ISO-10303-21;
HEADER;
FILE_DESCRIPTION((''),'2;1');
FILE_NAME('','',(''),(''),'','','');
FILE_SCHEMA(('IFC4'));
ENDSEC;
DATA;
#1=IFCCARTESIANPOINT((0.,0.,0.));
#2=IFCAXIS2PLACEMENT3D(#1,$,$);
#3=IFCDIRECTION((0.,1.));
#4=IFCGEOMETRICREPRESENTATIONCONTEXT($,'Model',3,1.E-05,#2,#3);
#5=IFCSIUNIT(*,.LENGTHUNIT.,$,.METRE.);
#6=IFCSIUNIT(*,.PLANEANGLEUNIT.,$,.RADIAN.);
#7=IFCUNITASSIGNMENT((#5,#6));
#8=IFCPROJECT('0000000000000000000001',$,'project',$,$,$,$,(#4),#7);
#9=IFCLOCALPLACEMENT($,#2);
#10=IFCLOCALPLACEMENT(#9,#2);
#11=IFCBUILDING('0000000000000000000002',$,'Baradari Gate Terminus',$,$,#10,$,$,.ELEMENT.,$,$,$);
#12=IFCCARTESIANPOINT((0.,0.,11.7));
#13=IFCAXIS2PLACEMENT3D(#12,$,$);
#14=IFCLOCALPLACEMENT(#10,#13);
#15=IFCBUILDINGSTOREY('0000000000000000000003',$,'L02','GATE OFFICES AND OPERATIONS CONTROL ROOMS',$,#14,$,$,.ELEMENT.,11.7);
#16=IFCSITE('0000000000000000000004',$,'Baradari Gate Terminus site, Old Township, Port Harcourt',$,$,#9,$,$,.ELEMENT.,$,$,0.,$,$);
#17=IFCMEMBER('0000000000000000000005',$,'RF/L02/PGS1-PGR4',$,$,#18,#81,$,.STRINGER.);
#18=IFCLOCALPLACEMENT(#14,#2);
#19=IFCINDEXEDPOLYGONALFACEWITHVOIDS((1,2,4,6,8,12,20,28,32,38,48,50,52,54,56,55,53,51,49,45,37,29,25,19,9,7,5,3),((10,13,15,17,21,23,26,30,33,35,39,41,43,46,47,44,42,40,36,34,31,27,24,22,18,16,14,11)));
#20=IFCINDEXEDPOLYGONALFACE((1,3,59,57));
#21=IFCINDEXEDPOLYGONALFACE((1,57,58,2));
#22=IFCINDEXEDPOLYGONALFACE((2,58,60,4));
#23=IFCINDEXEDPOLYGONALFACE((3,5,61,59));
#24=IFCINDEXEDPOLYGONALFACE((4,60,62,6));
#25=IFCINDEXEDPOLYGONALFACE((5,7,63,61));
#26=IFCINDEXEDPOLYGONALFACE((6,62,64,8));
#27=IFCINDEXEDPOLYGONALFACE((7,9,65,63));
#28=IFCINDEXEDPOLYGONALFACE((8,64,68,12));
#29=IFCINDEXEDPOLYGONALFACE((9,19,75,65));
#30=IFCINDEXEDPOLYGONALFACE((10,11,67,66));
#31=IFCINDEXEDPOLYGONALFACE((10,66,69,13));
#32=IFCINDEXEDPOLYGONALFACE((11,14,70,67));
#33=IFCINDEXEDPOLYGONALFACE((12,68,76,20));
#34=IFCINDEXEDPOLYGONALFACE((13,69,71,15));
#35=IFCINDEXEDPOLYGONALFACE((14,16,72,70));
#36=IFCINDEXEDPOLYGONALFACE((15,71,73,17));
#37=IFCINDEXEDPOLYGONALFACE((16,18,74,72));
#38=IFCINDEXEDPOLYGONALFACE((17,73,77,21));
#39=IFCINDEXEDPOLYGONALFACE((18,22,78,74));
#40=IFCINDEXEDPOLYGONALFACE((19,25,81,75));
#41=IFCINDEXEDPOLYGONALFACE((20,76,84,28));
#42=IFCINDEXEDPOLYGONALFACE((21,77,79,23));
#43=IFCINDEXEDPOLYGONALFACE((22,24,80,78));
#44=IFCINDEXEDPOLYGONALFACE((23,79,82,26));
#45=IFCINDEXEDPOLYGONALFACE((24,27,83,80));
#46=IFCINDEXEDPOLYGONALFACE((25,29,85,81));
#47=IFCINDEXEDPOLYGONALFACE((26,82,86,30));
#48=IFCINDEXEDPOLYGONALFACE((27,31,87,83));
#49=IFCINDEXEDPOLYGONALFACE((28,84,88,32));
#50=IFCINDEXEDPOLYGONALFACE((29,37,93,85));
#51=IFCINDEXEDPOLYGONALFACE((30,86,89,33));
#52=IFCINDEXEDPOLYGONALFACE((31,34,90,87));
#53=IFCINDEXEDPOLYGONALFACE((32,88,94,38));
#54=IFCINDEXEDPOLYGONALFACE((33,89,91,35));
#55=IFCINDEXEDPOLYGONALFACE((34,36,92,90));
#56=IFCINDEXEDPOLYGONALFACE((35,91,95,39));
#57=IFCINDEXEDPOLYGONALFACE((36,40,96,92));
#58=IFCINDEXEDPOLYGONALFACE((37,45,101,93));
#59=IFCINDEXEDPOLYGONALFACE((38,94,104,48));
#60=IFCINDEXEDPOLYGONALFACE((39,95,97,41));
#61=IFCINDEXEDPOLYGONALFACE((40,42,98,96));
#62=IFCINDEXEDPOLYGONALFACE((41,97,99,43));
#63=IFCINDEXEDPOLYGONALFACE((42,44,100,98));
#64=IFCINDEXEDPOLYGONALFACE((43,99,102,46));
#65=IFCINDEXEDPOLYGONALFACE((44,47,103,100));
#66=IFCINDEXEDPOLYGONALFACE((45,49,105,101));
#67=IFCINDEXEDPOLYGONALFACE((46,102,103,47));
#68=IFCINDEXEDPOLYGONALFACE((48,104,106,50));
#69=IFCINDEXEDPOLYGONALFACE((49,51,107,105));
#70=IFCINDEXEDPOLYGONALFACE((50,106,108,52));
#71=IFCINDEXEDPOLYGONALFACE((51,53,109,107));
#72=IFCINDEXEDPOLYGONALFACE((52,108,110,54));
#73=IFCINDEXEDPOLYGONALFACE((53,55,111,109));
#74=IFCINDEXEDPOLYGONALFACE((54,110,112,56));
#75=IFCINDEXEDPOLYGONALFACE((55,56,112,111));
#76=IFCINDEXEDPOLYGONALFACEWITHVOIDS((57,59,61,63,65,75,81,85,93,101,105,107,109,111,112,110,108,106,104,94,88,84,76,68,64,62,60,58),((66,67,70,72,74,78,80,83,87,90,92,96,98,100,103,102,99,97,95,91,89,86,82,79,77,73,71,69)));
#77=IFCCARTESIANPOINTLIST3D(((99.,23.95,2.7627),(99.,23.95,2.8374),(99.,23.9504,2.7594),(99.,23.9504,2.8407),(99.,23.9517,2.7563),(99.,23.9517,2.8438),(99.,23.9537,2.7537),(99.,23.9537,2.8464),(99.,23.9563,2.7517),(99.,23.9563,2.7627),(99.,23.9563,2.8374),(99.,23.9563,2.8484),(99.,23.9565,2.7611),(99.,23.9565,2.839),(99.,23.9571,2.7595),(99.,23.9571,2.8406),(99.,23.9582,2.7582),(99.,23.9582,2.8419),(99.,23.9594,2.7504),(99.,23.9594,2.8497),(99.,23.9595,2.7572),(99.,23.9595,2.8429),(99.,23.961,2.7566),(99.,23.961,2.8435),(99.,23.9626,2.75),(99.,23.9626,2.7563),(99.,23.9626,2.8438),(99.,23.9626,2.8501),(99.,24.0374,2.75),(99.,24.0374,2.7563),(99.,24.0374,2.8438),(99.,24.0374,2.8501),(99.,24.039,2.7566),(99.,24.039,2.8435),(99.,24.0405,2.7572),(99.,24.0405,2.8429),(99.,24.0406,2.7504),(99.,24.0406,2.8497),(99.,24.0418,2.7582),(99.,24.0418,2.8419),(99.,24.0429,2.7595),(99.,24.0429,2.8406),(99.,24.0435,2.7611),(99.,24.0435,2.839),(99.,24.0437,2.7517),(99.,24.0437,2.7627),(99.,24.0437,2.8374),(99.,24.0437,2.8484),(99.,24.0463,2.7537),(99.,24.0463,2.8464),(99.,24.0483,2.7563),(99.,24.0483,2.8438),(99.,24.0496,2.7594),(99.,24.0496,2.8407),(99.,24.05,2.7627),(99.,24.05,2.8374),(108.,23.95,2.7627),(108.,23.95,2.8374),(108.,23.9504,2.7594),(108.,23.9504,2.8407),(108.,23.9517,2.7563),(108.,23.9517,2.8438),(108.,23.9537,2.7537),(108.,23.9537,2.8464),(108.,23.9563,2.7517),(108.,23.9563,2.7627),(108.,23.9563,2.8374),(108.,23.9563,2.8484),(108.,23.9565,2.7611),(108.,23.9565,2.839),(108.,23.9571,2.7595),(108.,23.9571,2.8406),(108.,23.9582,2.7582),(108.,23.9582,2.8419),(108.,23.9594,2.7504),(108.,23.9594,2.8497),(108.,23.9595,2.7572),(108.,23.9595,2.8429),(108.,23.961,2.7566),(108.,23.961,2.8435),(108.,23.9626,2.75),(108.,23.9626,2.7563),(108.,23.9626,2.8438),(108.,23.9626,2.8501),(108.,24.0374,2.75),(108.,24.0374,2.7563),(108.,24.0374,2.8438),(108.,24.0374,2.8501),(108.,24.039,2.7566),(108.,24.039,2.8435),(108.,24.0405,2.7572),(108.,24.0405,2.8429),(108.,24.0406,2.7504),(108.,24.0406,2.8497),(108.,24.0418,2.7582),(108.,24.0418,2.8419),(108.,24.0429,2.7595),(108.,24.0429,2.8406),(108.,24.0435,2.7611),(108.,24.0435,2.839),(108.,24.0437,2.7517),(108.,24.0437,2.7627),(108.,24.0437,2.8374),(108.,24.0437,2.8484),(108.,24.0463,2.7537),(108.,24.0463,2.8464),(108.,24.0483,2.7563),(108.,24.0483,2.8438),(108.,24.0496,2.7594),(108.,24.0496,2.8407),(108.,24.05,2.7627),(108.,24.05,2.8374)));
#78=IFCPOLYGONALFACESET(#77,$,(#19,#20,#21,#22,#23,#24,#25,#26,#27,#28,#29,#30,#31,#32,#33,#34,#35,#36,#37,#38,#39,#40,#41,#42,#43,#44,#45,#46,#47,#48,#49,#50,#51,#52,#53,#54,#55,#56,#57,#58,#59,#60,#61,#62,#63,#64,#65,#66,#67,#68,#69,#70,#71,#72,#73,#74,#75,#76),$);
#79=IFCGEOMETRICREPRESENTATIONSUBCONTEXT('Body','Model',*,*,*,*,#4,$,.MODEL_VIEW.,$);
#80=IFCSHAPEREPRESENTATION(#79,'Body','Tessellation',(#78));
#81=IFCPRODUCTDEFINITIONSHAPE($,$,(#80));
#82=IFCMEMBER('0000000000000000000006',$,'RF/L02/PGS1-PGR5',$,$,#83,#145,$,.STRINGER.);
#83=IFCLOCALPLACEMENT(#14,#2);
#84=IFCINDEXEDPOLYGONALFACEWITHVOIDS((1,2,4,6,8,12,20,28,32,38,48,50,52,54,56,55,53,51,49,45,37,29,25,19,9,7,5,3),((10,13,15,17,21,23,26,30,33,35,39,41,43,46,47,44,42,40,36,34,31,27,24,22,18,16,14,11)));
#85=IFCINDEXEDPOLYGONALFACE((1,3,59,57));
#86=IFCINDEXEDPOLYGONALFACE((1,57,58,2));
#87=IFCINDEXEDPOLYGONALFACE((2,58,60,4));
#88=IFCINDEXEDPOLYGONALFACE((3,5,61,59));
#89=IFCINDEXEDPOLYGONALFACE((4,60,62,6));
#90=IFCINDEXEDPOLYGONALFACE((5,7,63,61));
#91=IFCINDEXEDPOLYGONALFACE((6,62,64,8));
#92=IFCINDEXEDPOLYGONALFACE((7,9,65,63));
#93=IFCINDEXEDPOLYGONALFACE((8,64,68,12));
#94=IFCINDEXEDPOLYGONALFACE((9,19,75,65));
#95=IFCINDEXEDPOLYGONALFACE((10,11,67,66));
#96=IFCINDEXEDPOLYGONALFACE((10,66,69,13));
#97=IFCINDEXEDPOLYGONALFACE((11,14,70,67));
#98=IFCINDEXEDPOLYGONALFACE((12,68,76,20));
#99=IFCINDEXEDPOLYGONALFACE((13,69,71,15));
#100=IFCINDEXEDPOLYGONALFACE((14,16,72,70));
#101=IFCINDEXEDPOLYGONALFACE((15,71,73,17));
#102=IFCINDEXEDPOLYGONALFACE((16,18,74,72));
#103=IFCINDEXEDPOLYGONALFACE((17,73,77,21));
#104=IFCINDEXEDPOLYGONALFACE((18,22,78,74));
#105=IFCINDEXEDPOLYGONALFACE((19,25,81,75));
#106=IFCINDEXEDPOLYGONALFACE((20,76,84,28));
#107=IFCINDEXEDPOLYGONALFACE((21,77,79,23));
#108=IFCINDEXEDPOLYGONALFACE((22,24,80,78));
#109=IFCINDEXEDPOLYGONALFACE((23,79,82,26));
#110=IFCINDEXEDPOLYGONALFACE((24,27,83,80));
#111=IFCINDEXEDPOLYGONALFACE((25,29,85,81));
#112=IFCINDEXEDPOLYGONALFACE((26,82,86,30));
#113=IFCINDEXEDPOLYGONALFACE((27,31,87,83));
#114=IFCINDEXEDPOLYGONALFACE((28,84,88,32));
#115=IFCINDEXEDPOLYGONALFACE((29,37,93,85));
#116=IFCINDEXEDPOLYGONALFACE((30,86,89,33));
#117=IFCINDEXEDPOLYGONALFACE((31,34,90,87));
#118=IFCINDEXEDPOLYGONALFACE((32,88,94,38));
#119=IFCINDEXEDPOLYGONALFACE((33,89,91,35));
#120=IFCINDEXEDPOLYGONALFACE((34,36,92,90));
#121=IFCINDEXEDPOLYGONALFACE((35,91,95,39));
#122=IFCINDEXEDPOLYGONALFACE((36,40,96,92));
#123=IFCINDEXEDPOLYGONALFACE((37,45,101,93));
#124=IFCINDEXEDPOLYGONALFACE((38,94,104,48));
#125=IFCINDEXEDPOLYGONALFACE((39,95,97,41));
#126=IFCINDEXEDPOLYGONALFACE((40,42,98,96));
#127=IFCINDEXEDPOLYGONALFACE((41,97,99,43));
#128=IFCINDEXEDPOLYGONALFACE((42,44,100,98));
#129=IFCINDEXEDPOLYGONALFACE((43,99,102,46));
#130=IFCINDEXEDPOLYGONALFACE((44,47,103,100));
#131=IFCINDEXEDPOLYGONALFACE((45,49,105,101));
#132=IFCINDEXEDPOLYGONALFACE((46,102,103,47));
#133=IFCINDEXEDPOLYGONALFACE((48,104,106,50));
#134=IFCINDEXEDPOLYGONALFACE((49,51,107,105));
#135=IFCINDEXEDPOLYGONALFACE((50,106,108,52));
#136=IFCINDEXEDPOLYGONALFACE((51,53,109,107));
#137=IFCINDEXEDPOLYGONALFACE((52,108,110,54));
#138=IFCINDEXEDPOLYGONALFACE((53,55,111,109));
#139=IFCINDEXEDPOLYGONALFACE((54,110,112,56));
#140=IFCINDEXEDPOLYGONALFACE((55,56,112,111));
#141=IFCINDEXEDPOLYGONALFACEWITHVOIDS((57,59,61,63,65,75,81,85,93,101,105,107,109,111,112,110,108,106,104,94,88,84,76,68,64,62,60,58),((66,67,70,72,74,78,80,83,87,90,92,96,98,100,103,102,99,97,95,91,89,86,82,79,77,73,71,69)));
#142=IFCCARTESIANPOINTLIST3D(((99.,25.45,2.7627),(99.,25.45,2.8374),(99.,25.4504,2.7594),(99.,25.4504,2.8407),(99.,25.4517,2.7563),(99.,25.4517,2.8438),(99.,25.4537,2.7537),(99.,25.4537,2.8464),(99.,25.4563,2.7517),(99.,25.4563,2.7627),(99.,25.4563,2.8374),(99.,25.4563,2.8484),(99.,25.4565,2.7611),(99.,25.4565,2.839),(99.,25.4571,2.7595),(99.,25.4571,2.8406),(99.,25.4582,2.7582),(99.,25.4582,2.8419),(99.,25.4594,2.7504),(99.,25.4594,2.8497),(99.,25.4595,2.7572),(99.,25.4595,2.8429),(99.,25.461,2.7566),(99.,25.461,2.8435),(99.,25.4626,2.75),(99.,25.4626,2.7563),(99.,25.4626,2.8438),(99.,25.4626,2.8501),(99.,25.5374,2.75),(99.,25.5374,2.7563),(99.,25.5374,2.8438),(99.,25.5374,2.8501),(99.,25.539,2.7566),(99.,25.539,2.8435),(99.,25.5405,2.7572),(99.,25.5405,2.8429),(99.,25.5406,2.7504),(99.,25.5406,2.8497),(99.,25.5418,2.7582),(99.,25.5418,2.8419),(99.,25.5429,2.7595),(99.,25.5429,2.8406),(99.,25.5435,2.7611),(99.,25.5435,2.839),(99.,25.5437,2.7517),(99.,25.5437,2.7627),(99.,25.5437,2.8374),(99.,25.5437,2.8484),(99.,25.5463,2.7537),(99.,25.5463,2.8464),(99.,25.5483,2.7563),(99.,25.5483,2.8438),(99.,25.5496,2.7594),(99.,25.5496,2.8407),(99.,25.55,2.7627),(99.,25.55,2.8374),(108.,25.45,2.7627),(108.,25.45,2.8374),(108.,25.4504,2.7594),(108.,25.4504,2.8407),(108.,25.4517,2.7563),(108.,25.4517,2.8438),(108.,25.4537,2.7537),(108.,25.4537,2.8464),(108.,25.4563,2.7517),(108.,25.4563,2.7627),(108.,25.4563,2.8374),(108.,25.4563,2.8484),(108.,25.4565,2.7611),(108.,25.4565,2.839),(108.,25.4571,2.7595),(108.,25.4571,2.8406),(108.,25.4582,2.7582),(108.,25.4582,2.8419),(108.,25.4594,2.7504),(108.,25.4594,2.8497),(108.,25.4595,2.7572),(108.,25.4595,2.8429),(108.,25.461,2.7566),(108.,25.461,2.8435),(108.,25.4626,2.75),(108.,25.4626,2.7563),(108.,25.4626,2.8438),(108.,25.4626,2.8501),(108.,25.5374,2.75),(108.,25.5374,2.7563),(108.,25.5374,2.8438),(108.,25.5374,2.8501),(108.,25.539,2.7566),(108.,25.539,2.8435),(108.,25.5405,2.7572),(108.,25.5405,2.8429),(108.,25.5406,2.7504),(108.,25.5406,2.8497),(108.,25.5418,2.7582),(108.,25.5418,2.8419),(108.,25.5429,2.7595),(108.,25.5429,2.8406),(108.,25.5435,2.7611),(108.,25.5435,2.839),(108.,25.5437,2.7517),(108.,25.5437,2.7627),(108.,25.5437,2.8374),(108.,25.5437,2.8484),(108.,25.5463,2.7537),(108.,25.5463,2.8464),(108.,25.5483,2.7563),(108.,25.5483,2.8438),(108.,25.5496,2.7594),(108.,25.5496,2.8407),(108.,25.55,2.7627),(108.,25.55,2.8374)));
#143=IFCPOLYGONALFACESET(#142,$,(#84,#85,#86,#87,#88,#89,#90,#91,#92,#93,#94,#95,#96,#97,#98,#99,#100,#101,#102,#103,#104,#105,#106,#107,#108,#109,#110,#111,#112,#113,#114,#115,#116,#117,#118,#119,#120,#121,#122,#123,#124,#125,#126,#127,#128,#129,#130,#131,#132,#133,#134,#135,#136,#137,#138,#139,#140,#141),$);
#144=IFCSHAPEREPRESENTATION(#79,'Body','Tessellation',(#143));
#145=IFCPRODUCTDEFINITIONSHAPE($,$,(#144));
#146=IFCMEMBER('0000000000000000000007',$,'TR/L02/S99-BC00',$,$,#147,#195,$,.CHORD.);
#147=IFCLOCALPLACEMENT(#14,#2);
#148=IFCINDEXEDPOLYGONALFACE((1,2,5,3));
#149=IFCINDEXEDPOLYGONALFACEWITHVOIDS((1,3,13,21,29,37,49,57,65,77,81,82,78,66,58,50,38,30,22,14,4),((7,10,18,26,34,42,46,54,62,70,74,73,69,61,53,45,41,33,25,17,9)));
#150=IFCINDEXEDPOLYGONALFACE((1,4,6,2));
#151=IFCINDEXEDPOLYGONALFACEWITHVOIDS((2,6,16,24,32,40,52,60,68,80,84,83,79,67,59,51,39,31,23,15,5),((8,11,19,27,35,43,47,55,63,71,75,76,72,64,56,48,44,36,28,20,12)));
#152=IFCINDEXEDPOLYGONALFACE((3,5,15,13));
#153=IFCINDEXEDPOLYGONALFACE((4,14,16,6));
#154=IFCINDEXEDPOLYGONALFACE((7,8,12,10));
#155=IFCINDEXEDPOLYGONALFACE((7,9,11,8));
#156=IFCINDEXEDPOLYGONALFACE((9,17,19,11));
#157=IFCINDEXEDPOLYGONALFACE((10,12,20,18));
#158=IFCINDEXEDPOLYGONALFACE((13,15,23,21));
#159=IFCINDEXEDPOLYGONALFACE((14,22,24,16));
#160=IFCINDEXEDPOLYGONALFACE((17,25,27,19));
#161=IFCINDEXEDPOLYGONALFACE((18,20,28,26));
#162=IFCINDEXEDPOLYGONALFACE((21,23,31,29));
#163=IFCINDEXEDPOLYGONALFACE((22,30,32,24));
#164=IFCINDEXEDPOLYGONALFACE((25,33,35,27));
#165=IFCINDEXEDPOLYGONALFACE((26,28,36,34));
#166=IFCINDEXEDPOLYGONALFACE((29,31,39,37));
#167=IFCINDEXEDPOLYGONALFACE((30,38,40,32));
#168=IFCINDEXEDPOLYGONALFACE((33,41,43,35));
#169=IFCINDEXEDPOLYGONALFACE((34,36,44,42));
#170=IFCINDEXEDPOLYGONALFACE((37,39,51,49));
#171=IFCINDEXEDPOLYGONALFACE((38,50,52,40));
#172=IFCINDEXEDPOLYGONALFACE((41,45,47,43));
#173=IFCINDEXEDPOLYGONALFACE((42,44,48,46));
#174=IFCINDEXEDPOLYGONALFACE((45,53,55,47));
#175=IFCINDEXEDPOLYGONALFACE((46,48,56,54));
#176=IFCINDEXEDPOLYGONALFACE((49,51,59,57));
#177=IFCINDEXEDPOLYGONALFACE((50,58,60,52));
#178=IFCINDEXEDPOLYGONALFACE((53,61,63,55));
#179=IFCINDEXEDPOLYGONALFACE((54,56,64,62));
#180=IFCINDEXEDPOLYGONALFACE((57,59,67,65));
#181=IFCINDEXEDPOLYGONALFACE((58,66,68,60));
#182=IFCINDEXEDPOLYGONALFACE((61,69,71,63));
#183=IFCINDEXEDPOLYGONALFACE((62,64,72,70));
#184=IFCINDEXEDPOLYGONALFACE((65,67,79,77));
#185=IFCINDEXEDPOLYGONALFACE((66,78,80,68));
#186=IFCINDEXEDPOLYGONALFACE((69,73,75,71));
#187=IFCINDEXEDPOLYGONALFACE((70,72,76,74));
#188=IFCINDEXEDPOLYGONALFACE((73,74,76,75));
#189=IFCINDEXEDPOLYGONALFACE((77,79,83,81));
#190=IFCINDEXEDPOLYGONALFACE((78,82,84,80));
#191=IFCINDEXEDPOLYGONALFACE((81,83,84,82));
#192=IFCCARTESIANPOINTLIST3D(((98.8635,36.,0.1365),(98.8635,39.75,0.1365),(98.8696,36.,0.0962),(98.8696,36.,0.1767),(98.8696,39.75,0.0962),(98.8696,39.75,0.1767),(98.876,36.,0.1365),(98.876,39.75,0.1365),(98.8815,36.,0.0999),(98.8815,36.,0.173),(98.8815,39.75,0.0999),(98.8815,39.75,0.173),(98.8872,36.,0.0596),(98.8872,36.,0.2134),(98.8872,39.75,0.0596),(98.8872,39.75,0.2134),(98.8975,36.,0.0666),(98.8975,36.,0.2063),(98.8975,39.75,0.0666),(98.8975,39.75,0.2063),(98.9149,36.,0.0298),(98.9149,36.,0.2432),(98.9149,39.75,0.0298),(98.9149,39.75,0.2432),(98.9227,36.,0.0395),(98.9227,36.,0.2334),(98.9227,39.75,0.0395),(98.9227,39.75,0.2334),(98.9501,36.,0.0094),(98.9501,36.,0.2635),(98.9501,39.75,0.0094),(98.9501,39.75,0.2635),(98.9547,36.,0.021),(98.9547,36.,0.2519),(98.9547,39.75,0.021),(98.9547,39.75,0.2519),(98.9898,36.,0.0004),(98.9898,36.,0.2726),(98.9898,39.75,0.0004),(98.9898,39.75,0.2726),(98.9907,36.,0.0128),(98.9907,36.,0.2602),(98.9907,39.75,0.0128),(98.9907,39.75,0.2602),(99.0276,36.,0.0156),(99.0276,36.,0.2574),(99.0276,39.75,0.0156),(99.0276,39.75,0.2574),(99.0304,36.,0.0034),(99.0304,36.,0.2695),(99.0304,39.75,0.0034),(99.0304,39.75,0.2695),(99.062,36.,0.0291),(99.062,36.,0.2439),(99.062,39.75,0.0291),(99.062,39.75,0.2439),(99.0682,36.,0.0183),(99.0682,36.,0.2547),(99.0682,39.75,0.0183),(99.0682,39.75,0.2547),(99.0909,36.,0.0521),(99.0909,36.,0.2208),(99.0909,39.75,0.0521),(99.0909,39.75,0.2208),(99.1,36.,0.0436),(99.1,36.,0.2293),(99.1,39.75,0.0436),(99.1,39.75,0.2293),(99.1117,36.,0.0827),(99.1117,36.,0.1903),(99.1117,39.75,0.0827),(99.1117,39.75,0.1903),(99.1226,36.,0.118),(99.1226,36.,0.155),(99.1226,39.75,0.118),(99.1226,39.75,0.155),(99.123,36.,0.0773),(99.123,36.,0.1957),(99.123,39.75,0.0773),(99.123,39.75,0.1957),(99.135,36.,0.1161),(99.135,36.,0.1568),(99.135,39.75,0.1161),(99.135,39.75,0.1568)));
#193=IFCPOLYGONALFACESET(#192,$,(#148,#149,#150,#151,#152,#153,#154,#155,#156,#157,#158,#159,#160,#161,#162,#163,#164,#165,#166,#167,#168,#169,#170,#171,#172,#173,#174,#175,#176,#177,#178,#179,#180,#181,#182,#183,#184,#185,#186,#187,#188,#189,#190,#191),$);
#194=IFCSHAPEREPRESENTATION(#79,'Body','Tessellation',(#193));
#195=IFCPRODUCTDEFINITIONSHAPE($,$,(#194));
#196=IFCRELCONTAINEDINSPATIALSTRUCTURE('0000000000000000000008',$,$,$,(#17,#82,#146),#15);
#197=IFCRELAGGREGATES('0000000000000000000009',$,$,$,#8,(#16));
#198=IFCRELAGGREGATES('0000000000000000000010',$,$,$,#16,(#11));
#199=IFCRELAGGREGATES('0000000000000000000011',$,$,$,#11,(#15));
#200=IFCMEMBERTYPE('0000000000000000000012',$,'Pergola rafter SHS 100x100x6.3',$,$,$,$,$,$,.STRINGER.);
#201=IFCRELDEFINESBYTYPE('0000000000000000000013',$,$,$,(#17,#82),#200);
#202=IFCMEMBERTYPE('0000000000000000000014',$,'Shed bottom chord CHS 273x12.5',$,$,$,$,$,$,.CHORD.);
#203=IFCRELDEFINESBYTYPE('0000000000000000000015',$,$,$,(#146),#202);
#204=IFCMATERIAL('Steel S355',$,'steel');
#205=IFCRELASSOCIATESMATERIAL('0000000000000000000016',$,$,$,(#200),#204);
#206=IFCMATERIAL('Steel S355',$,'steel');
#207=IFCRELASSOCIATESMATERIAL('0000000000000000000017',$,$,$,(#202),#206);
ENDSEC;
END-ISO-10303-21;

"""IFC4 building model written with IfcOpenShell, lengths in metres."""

from ifc_helpers import new_model, si_unit, direction, frame, origin, origin_2d, place, context, subcontext, project, spatial, hollow_rectangle, hollow_circle, extrude, material, material_profile, profile_set, type_object, element, save


model = new_model("IFC4")

# Units and contexts
model_context = context("Model", 3, precision=1e-05, world=origin(), true_north=direction((0.0, 1.0)))
body_context = subcontext(model_context, "Body", "Model", "MODEL_VIEW")
ifc_project = project(units=[si_unit("LENGTHUNIT", "METRE"), si_unit("PLANEANGLEUNIT", "RADIAN")], contexts=[model_context])

# Site, building, storey
site_placement = place(None, origin())
site = spatial("IfcSite", under=ifc_project, at=site_placement, Name="Baradari Gate Terminus site, Old Township, Port Harcourt", CompositionType="ELEMENT", RefElevation=0.0)
building_placement = place(site_placement, origin())
building = spatial("IfcBuilding", under=site, at=building_placement, Name="Baradari Gate Terminus", CompositionType="ELEMENT")
storey_placement = place(building_placement, frame((0.0, 0.0, 11.7)))
storey = spatial("IfcBuildingStorey", under=building, at=storey_placement, Name="L02", Description="GATE OFFICES AND OPERATIONS CONTROL ROOMS", CompositionType="ELEMENT", Elevation=11.7)

# Members
ifc_material_1 = material(Name="Steel S355", Category="steel")
ifc_material_profile_1 = material_profile(ifc_material_1, hollow_rectangle(XDim=0.1001, YDim=0.1001, WallThickness=0.0063, InnerFilletRadius=0.0063, OuterFilletRadius=0.0127, at=origin_2d()), Name="SHS 100x100x6.3")
ifc_profile_set_1 = profile_set([ifc_material_profile_1], Name="Steel S355")
member_type_1 = type_object("IfcMemberType", Name="Pergola rafter SHS 100x100x6.3", PredefinedType="STRINGER", material=ifc_profile_set_1)
for number, where, z_axis, x_axis, name in (
    (1, (99.0, 24.0, 2.8), (1.0, 0.0, 0.0), (0.0, 1.0, 0.0), "RF/L02/PGS1-PGR4"),
    (2, (99.0, 25.5, 2.8), (1.0, 0.0, 0.0), (0.0, 1.0, 0.0), "RF/L02/PGS1-PGR5"),
):
    element("IfcMember", number, at=place(storey_placement, frame(where, z_axis=z_axis, x_axis=x_axis)), inside=storey, type_object=member_type_1, Name=name, PredefinedType="STRINGER", context=body_context, shape_type="SweptSolid", body=[
        extrude(hollow_rectangle(XDim=0.1001, YDim=0.1001, WallThickness=0.0063, InnerFilletRadius=0.0063, OuterFilletRadius=0.0127, at=origin_2d()), origin(), (0.0, 0.0, 1.0), 9.0),
    ])
ifc_material_2 = material(Name="Steel S355", Category="steel")
ifc_material_profile_2 = material_profile(ifc_material_2, hollow_circle(Radius=0.1365, WallThickness=0.0125, at=origin_2d()), Name="CHS 273x12.5")
ifc_profile_set_2 = profile_set([ifc_material_profile_2], Name="Steel S355")
member_type_2 = type_object("IfcMemberType", Name="Shed bottom chord CHS 273x12.5", PredefinedType="CHORD", material=ifc_profile_set_2)
for number, where, z_axis, x_axis, name in (
    (3, (99.0, 36.0, 0.1365), (0.0, 1.0, 0.0), (-1.0, 0.0, 0.0), "TR/L02/S99-BC00"),
):
    element("IfcMember", number, at=place(storey_placement, frame(where, z_axis=z_axis, x_axis=x_axis)), inside=storey, type_object=member_type_2, Name=name, PredefinedType="CHORD", context=body_context, shape_type="SweptSolid", body=[
        extrude(hollow_circle(Radius=0.1365, WallThickness=0.0125, at=origin_2d()), origin(), (0.0, 0.0, 1.0), 3.75),
    ])

save(model, "model.ifc")
